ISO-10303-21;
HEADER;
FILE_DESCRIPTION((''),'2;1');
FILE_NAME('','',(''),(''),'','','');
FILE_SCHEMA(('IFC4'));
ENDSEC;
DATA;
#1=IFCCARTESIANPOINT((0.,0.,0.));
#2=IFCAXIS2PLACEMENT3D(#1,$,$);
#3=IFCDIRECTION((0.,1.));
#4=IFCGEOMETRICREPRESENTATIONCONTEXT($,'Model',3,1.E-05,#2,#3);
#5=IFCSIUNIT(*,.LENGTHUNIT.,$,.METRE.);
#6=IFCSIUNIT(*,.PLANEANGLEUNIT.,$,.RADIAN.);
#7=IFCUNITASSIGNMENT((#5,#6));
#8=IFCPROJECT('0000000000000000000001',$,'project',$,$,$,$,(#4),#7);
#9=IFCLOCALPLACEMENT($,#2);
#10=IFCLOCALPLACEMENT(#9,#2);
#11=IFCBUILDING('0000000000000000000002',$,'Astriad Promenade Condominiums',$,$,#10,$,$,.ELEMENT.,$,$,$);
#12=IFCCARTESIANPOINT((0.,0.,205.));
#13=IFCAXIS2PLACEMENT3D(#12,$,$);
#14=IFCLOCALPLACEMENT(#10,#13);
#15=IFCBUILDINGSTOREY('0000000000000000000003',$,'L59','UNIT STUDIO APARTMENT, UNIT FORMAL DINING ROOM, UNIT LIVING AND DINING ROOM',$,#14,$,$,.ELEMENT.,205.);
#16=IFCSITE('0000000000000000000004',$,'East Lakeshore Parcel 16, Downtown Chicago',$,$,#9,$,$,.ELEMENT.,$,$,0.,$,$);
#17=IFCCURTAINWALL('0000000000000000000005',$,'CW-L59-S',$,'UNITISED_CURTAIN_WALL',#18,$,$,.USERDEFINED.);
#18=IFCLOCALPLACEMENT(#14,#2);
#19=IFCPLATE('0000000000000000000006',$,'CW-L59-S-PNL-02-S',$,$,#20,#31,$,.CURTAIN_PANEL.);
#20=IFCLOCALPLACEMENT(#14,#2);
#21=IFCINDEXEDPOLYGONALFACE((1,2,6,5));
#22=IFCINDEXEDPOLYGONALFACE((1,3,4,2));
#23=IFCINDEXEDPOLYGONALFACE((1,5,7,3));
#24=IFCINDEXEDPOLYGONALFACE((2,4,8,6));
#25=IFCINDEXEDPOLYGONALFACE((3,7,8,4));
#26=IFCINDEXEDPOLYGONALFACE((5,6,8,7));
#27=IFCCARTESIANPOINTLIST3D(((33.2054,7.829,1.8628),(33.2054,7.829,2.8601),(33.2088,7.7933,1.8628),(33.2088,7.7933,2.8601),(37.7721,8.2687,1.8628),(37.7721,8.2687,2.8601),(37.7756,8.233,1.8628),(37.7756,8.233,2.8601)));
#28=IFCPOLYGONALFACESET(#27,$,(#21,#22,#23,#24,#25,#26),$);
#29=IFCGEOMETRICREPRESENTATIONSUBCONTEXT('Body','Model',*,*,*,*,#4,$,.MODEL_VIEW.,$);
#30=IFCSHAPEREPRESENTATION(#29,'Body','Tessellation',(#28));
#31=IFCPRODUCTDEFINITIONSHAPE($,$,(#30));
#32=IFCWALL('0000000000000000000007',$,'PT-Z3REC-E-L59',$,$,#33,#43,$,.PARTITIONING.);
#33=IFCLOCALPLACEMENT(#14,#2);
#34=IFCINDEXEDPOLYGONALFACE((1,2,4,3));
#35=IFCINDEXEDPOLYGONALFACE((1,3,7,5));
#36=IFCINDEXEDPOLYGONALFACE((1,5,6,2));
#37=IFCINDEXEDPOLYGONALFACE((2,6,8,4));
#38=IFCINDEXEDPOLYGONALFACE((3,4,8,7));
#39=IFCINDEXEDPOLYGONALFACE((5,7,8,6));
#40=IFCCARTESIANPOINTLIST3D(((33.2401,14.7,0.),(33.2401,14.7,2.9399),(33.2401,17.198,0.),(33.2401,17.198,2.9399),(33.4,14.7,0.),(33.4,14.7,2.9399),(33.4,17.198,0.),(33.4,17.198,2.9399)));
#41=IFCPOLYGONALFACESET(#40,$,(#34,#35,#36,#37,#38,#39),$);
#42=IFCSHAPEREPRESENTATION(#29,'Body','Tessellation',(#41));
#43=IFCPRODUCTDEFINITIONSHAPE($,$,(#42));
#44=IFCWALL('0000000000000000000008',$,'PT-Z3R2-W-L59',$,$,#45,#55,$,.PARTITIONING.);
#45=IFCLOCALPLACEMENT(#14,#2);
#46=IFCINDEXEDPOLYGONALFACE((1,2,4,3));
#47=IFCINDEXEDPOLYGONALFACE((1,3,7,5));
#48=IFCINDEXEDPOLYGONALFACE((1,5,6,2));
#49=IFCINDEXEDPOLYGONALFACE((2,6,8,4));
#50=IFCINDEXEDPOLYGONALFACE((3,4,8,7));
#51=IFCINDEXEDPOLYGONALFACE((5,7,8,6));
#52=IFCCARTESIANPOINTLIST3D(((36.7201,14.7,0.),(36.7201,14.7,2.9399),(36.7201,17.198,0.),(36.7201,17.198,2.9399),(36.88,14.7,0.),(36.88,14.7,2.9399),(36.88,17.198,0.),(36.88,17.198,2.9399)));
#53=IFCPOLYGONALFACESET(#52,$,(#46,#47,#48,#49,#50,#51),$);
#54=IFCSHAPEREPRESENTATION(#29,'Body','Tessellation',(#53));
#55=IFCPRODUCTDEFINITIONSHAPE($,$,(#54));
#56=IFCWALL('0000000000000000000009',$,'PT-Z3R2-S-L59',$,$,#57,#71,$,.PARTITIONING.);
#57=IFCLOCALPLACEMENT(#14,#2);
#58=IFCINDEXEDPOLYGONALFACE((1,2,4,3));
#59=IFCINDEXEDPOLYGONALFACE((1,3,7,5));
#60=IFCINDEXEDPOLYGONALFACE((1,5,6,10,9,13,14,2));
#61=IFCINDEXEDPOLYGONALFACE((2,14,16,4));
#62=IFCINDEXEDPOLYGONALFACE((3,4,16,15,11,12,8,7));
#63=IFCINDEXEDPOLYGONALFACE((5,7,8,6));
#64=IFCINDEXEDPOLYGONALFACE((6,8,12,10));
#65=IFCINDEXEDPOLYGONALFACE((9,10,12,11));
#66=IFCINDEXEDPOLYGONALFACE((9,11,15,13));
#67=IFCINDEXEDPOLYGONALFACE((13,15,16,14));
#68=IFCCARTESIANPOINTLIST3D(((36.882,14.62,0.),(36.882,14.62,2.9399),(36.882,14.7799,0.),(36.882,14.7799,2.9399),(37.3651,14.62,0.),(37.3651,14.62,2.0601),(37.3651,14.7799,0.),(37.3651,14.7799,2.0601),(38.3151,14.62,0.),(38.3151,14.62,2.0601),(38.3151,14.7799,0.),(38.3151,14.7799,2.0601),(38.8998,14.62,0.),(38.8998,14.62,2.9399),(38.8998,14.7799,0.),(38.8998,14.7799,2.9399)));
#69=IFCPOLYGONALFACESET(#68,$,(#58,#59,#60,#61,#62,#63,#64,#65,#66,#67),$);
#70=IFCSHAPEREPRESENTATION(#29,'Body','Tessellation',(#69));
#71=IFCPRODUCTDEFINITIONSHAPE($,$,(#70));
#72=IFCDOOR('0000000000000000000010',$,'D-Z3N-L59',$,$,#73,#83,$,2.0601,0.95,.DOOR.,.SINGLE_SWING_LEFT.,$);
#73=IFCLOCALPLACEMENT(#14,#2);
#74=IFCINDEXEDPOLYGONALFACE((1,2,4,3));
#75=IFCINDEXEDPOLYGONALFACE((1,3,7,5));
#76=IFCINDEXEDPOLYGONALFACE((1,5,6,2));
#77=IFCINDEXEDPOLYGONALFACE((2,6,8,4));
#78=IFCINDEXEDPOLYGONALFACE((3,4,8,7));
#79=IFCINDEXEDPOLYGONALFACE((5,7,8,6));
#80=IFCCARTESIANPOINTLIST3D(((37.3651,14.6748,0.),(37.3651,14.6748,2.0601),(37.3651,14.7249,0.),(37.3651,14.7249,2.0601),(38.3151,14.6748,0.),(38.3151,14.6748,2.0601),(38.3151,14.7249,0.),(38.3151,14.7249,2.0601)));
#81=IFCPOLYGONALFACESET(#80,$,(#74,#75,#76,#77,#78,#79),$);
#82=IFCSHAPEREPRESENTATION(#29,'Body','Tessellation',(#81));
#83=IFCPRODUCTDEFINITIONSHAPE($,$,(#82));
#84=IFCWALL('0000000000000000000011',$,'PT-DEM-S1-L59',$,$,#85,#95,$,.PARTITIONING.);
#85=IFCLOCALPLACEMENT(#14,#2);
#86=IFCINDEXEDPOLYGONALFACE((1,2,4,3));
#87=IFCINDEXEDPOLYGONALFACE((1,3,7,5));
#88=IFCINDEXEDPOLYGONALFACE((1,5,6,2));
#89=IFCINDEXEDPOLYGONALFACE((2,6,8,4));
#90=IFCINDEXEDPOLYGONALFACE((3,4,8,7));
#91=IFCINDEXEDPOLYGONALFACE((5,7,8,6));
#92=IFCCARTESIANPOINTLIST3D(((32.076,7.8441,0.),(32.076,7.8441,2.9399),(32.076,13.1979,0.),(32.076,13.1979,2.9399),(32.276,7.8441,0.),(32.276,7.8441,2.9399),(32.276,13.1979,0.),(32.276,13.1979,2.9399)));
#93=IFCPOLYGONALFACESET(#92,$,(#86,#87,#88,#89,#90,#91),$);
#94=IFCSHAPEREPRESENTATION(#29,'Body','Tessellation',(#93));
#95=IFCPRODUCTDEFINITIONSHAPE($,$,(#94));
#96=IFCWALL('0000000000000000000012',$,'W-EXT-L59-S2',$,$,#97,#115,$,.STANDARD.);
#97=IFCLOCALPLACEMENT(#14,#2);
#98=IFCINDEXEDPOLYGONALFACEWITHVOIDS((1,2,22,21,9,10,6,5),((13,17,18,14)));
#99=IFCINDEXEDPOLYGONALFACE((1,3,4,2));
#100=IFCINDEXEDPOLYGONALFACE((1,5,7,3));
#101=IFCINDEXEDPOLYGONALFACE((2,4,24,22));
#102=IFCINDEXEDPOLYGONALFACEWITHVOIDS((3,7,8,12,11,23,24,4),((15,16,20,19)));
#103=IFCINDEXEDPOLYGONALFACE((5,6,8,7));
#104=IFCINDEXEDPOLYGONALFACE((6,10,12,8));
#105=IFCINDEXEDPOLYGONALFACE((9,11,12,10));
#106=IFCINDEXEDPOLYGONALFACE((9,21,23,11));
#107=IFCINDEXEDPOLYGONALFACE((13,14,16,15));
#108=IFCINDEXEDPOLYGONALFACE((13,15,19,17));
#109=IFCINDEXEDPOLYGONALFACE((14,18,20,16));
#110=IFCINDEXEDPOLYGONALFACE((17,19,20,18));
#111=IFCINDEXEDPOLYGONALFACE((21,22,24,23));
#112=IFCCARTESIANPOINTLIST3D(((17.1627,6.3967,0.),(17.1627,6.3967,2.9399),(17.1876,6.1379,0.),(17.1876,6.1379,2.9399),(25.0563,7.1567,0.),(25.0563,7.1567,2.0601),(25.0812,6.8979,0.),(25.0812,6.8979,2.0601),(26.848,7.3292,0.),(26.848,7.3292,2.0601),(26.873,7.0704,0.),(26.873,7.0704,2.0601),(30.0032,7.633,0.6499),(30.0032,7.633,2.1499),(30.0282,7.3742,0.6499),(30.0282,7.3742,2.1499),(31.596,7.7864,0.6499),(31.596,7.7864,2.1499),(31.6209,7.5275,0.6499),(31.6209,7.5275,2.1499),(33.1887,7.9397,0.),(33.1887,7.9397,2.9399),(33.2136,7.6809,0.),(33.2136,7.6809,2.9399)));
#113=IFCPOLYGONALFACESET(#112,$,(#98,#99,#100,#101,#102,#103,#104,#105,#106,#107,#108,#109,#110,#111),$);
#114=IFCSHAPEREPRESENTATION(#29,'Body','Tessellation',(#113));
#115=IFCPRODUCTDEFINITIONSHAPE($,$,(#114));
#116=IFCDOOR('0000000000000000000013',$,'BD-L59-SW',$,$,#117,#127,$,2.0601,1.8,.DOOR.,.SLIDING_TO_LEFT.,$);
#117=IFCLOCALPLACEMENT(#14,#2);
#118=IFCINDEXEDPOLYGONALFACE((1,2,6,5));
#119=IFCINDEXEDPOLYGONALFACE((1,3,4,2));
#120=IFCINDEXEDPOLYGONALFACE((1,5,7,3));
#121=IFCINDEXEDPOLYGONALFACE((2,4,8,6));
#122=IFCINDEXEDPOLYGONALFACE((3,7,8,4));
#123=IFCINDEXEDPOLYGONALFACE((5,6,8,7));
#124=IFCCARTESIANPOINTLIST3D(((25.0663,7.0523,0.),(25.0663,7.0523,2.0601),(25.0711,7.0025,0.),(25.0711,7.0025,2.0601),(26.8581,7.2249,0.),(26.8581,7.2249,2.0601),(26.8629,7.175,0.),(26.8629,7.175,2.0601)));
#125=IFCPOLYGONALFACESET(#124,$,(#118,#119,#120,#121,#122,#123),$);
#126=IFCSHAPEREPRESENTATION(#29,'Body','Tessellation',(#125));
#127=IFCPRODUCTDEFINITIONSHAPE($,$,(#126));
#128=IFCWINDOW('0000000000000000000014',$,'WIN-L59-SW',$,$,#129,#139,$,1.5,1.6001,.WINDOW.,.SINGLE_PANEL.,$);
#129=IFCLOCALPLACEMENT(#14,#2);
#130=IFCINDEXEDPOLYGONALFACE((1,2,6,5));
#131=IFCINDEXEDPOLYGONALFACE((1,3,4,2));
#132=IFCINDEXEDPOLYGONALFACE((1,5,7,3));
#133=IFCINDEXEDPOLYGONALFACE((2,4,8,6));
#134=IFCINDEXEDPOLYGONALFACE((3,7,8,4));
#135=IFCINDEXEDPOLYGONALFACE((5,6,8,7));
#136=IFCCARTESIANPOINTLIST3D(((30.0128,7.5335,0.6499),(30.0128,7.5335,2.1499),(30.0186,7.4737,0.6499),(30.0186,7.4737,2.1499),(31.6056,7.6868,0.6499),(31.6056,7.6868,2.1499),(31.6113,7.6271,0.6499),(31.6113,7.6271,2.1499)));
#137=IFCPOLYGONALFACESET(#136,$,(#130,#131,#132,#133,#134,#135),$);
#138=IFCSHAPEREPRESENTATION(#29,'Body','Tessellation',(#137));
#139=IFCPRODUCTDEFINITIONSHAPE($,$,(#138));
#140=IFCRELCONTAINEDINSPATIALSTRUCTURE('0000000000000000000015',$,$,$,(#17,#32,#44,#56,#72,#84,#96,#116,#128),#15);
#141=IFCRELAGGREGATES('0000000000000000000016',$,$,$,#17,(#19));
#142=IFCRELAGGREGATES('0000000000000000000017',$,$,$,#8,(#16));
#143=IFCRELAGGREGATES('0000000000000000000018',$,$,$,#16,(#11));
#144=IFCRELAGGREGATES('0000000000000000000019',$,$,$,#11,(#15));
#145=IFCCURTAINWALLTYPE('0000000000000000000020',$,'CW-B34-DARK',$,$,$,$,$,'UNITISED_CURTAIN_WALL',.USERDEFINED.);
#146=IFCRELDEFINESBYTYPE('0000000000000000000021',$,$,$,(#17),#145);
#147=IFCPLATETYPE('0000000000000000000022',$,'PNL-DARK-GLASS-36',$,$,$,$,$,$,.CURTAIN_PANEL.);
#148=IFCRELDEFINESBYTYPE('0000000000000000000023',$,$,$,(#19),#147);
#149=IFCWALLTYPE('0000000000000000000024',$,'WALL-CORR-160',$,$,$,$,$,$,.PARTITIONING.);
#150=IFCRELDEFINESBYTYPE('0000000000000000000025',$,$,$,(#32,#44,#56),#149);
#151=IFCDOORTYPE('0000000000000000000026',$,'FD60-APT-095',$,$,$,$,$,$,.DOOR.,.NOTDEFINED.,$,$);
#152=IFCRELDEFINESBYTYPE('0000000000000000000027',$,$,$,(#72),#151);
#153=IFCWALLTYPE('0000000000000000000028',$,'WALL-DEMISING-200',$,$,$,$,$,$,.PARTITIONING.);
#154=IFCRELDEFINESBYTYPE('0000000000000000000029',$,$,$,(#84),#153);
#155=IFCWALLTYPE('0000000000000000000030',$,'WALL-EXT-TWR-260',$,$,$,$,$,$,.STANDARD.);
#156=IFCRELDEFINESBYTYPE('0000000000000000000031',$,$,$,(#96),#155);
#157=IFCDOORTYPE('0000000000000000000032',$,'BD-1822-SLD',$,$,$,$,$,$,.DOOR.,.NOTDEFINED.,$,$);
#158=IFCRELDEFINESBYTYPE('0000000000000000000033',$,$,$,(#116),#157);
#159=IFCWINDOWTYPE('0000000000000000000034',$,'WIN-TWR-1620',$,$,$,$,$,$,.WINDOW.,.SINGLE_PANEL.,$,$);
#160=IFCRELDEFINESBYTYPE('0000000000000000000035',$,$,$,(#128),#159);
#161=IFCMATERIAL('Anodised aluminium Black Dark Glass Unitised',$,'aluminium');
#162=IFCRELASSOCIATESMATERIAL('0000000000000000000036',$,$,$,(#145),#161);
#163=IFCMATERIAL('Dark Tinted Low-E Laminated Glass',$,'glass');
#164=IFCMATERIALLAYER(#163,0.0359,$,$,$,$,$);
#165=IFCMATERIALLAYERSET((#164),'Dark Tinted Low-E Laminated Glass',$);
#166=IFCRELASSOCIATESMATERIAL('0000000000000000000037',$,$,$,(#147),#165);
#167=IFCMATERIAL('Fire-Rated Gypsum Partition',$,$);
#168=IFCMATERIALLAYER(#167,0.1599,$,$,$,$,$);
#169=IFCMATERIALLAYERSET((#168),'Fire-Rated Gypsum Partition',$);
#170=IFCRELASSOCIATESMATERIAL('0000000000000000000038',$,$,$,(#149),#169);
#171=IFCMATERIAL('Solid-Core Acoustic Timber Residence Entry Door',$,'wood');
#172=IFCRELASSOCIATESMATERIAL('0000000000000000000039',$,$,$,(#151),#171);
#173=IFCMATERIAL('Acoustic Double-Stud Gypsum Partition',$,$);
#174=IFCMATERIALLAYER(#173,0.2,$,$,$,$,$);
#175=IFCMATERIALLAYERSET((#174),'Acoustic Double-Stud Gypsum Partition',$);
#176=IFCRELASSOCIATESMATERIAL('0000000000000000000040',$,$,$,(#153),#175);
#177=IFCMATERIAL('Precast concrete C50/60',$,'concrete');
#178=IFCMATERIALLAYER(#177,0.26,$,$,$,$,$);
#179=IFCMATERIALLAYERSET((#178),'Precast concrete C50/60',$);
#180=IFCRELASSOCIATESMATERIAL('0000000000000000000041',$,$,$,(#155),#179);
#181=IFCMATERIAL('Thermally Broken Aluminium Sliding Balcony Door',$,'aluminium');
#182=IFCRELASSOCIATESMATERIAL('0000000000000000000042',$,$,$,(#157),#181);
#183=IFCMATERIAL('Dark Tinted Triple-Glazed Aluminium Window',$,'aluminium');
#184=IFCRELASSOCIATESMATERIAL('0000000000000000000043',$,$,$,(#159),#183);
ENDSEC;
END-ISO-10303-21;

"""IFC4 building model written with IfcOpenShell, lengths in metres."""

from ifc_helpers import new_model, si_unit, direction, frame, frame_2d, origin, origin_2d, place, context, subcontext, project, spatial, rectangle, extrude, source, transform, mapped, material, layer, layer_set, type_object, type_shapes, element, fill, aggregate, save


model = new_model("IFC4")

# Units and contexts
model_context = context("Model", 3, precision=1e-05, world=origin(), true_north=direction((0.0, 1.0)))
body_context = subcontext(model_context, "Body", "Model", "MODEL_VIEW")
ifc_project = project(units=[si_unit("LENGTHUNIT", "METRE"), si_unit("PLANEANGLEUNIT", "RADIAN")], contexts=[model_context])

# Site, building, storey
site_placement = place(None, origin())
site = spatial("IfcSite", under=ifc_project, at=site_placement, Name="East Lakeshore Parcel 16, Downtown Chicago", CompositionType="ELEMENT", RefElevation=0.0)
building_placement = place(site_placement, origin())
building = spatial("IfcBuilding", under=site, at=building_placement, Name="Astriad Promenade Condominiums", CompositionType="ELEMENT")
storey_placement = place(building_placement, frame((0.0, 0.0, 205.0)))
storey = spatial("IfcBuildingStorey", under=building, at=storey_placement, Name="L59", Description="UNIT STUDIO APARTMENT, UNIT FORMAL DINING ROOM, UNIT LIVING AND DINING ROOM", CompositionType="ELEMENT", Elevation=205.0)

# Curtain wall, plate
ifc_material_1 = material(Name="Anodised aluminium Black Dark Glass Unitised", Category="aluminium")
curtain_wall_type = type_object("IfcCurtainWallType", Name="CW-B34-DARK", ElementType="UNITISED_CURTAIN_WALL", PredefinedType="USERDEFINED", material=ifc_material_1)
curtain_wall_placement = place(storey_placement, origin())
curtain_wall = element("IfcCurtainWall", 1, at=curtain_wall_placement, inside=storey, type_object=curtain_wall_type, Name="CW-L59-S", ObjectType="UNITISED_CURTAIN_WALL", PredefinedType="USERDEFINED")
ifc_material_2 = material(Name="Dark Tinted Low-E Laminated Glass", Category="glass")
ifc_layer_1 = layer(ifc_material_2, 0.0359)
ifc_layer_set_1 = layer_set([ifc_layer_1], Name="Dark Tinted Low-E Laminated Glass")
plate_type = type_object("IfcPlateType", Name="PNL-DARK-GLASS-36", PredefinedType="CURTAIN_PANEL", material=ifc_layer_set_1)
shared_shape_1 = source(origin(), body_context, "Body", "SweptSolid", [
    extrude(rectangle(XDim=4.5879, YDim=0.0359, at=origin_2d()), origin(), (0.0, 0.0, 1.0), 0.9973),
])
plate_1_placement = place(storey_placement, frame((35.4905, 8.031, 1.8628), z_axis=(0.0, 0.0, 1.0), x_axis=(-0.995396, -0.095846, 0.0)))
plate_1 = element("IfcPlate", 2, at=plate_1_placement, type_object=plate_type, Name="CW-L59-S-PNL-02-S", PredefinedType="CURTAIN_PANEL", context=body_context, shape_type="MappedRepresentation", body=[
    mapped(shared_shape_1, transform((0.0, 0.0, 0.0), scale=1.0)),
])
aggregate(curtain_wall, [plate_1])

# Walls
ifc_material_3 = material(Name="Fire-Rated Gypsum Partition")
ifc_layer_2 = layer(ifc_material_3, 0.1599)
ifc_layer_set_2 = layer_set([ifc_layer_2], Name="Fire-Rated Gypsum Partition")
wall_type_1 = type_object("IfcWallType", Name="WALL-CORR-160", PredefinedType="PARTITIONING", material=ifc_layer_set_2)
for number, where, z_axis, x_axis, name in (
    (3, (33.3201, 14.7, 0.0), (0.0, 0.0, 1.0), (0.0, 1.0, 0.0), "PT-Z3REC-E-L59"),
    (4, (36.8, 14.7, 0.0), (0.0, 0.0, 1.0), (0.0, 1.0, 0.0), "PT-Z3R2-W-L59"),
):
    element("IfcWall", number, at=place(storey_placement, frame(where, z_axis=z_axis, x_axis=x_axis)), inside=storey, type_object=wall_type_1, Name=name, PredefinedType="PARTITIONING", context=body_context, shape_type="SweptSolid", body=[
        extrude(rectangle(XDim=2.498, YDim=0.1599, at=frame_2d((1.249, 0.0))), origin(), (0.0, 0.0, 1.0), 2.9399),
    ])

# Wall, opening, door
wall_1_placement = place(storey_placement, frame((36.8821, 14.7, 0.0), z_axis=(0.0, 0.0, 1.0), x_axis=(1.0, 0.0, 0.0)))
wall_1 = element("IfcWall", 5, at=wall_1_placement, inside=storey, type_object=wall_type_1, Name="PT-Z3R2-S-L59", PredefinedType="PARTITIONING", context=body_context, shape_type="SweptSolid", body=[
    extrude(rectangle(XDim=2.0178, YDim=0.1599, at=frame_2d((1.0088, 0.0))), origin(), (0.0, 0.0, 1.0), 2.9399),
])
opening_1_placement = place(wall_1_placement, frame((0.4829, 0.0, 0.0)))
opening_1 = element("IfcOpeningElement", 6, at=opening_1_placement, cuts=wall_1, PredefinedType="OPENING", context=body_context, shape_type="SweptSolid", body=[
    extrude(rectangle(XDim=0.95, YDim=2.0601, at=frame_2d((0.4751, 1.03))), frame((0.0, 0.0898, 0.0), z_axis=(0.0, -1.0, 0.0), x_axis=(1.0, 0.0, 0.0)), (0.0, 0.0, 1.0), 0.1799),
])
ifc_material_4 = material(Name="Solid-Core Acoustic Timber Residence Entry Door", Category="wood")
door_type_1 = type_object("IfcDoorType", Name="FD60-APT-095", OperationType="NOTDEFINED", PredefinedType="DOOR", material=ifc_material_4)
shared_shape_2 = source(origin(), body_context, "Body", "SweptSolid", [
    extrude(rectangle(XDim=0.95, YDim=2.0601, at=frame_2d((0.4751, 1.03))), frame((0.0, 0.0249, 0.0), z_axis=(0.0, -1.0, 0.0), x_axis=(1.0, 0.0, 0.0)), (0.0, 0.0, 1.0), 0.05),
])
type_shapes(door_type_1, [shared_shape_2])
door_1_placement = place(opening_1_placement, origin())
door_1 = element("IfcDoor", 7, at=door_1_placement, inside=storey, type_object=door_type_1, Name="D-Z3N-L59", OperationType="SINGLE_SWING_LEFT", OverallHeight=2.0601, OverallWidth=0.95, PredefinedType="DOOR", context=body_context, shape_type="MappedRepresentation", body=[
    mapped(shared_shape_2, transform((0.0, 0.0, 0.0), scale=1.0)),
])
fill(opening_1, door_1)

# Wall
ifc_material_5 = material(Name="Acoustic Double-Stud Gypsum Partition")
ifc_layer_3 = layer(ifc_material_5, 0.2)
ifc_layer_set_3 = layer_set([ifc_layer_3], Name="Acoustic Double-Stud Gypsum Partition")
wall_type_2 = type_object("IfcWallType", Name="WALL-DEMISING-200", PredefinedType="PARTITIONING", material=ifc_layer_set_3)
wall_2_placement = place(storey_placement, frame((32.176, 7.8442, 0.0), z_axis=(0.0, 0.0, 1.0), x_axis=(0.0, 1.0, 0.0)))
element("IfcWall", 8, at=wall_2_placement, inside=storey, type_object=wall_type_2, Name="PT-DEM-S1-L59", PredefinedType="PARTITIONING", context=body_context, shape_type="SweptSolid", body=[
    extrude(rectangle(XDim=5.3538, YDim=0.2, at=frame_2d((2.6768, 0.0))), origin(), (0.0, 0.0, 1.0), 2.9399),
])

# Wall, openings, door, window
ifc_material_6 = material(Name="Precast concrete C50/60", Category="concrete")
ifc_layer_4 = layer(ifc_material_6, 0.26)
ifc_layer_set_4 = layer_set([ifc_layer_4], Name="Precast concrete C50/60")
wall_type_3 = type_object("IfcWallType", Name="WALL-EXT-TWR-260", PredefinedType="STANDARD", material=ifc_layer_set_4)
wall_3_placement = place(storey_placement, frame((33.2012, 7.8103, 0.0), z_axis=(0.0, 0.0, 1.0), x_axis=(-0.995397, -0.095837, 0.0)))
wall_3 = element("IfcWall", 9, at=wall_3_placement, inside=storey, type_object=wall_type_3, Name="W-EXT-L59-S2", PredefinedType="STANDARD", context=body_context, shape_type="SweptSolid", body=[
    extrude(rectangle(XDim=16.1001, YDim=0.26, at=frame_2d((8.05, 0.0))), origin(), (0.0, 0.0, 1.0), 2.9399),
])
opening_2_placement = place(wall_3_placement, frame((6.3701, 0.0, 0.0)))
opening_2 = element("IfcOpeningElement", 10, at=opening_2_placement, cuts=wall_3, PredefinedType="OPENING", context=body_context, shape_type="SweptSolid", body=[
    extrude(rectangle(XDim=1.8, YDim=2.0601, at=frame_2d((0.8999, 1.03))), frame((0.0, 0.1399, 0.0), z_axis=(0.0, -1.0, 0.0), x_axis=(1.0, 0.0, 0.0)), (0.0, 0.0, 1.0), 0.28),
])
opening_3_placement = place(wall_3_placement, frame((1.6001, 0.0, 0.6499)))
opening_3 = element("IfcOpeningElement", 11, at=opening_3_placement, cuts=wall_3, PredefinedType="OPENING", context=body_context, shape_type="SweptSolid", body=[
    extrude(rectangle(XDim=1.6001, YDim=1.5, at=frame_2d((0.8, 0.75))), frame((0.0, 0.1399, 0.0), z_axis=(0.0, -1.0, 0.0), x_axis=(1.0, 0.0, 0.0)), (0.0, 0.0, 1.0), 0.28),
])
ifc_material_7 = material(Name="Thermally Broken Aluminium Sliding Balcony Door", Category="aluminium")
door_type_2 = type_object("IfcDoorType", Name="BD-1822-SLD", OperationType="NOTDEFINED", PredefinedType="DOOR", material=ifc_material_7)
shared_shape_3 = source(origin(), body_context, "Body", "SweptSolid", [
    extrude(rectangle(XDim=1.8, YDim=2.0601, at=frame_2d((0.8999, 1.03))), frame((0.0, 0.0249, 0.0), z_axis=(0.0, -1.0, 0.0), x_axis=(1.0, 0.0, 0.0)), (0.0, 0.0, 1.0), 0.05),
])
type_shapes(door_type_2, [shared_shape_3])
door_2_placement = place(opening_2_placement, origin())
door_2 = element("IfcDoor", 12, at=door_2_placement, inside=storey, type_object=door_type_2, Name="BD-L59-SW", OperationType="SLIDING_TO_LEFT", OverallHeight=2.0601, OverallWidth=1.8, PredefinedType="DOOR", context=body_context, shape_type="MappedRepresentation", body=[
    mapped(shared_shape_3, transform((0.0, 0.0, 0.0), scale=1.0)),
])
fill(opening_2, door_2)
ifc_material_8 = material(Name="Dark Tinted Triple-Glazed Aluminium Window", Category="aluminium")
window_type = type_object("IfcWindowType", Name="WIN-TWR-1620", PartitioningType="SINGLE_PANEL", PredefinedType="WINDOW", material=ifc_material_8)
shared_shape_4 = source(origin(), body_context, "Body", "SweptSolid", [
    extrude(rectangle(XDim=1.6001, YDim=1.5, at=frame_2d((0.8, 0.75))), frame((0.0, 0.03, 0.0), z_axis=(0.0, -1.0, 0.0), x_axis=(1.0, 0.0, 0.0)), (0.0, 0.0, 1.0), 0.0601),
])
type_shapes(window_type, [shared_shape_4])
window_placement = place(opening_3_placement, origin())
window = element("IfcWindow", 13, at=window_placement, inside=storey, type_object=window_type, Name="WIN-L59-SW", OverallHeight=1.5, OverallWidth=1.6001, PartitioningType="SINGLE_PANEL", PredefinedType="WINDOW", context=body_context, shape_type="MappedRepresentation", body=[
    mapped(shared_shape_4, transform((0.0, 0.0, 0.0), scale=1.0)),
])
fill(opening_3, window)

save(model, "model.ifc")
